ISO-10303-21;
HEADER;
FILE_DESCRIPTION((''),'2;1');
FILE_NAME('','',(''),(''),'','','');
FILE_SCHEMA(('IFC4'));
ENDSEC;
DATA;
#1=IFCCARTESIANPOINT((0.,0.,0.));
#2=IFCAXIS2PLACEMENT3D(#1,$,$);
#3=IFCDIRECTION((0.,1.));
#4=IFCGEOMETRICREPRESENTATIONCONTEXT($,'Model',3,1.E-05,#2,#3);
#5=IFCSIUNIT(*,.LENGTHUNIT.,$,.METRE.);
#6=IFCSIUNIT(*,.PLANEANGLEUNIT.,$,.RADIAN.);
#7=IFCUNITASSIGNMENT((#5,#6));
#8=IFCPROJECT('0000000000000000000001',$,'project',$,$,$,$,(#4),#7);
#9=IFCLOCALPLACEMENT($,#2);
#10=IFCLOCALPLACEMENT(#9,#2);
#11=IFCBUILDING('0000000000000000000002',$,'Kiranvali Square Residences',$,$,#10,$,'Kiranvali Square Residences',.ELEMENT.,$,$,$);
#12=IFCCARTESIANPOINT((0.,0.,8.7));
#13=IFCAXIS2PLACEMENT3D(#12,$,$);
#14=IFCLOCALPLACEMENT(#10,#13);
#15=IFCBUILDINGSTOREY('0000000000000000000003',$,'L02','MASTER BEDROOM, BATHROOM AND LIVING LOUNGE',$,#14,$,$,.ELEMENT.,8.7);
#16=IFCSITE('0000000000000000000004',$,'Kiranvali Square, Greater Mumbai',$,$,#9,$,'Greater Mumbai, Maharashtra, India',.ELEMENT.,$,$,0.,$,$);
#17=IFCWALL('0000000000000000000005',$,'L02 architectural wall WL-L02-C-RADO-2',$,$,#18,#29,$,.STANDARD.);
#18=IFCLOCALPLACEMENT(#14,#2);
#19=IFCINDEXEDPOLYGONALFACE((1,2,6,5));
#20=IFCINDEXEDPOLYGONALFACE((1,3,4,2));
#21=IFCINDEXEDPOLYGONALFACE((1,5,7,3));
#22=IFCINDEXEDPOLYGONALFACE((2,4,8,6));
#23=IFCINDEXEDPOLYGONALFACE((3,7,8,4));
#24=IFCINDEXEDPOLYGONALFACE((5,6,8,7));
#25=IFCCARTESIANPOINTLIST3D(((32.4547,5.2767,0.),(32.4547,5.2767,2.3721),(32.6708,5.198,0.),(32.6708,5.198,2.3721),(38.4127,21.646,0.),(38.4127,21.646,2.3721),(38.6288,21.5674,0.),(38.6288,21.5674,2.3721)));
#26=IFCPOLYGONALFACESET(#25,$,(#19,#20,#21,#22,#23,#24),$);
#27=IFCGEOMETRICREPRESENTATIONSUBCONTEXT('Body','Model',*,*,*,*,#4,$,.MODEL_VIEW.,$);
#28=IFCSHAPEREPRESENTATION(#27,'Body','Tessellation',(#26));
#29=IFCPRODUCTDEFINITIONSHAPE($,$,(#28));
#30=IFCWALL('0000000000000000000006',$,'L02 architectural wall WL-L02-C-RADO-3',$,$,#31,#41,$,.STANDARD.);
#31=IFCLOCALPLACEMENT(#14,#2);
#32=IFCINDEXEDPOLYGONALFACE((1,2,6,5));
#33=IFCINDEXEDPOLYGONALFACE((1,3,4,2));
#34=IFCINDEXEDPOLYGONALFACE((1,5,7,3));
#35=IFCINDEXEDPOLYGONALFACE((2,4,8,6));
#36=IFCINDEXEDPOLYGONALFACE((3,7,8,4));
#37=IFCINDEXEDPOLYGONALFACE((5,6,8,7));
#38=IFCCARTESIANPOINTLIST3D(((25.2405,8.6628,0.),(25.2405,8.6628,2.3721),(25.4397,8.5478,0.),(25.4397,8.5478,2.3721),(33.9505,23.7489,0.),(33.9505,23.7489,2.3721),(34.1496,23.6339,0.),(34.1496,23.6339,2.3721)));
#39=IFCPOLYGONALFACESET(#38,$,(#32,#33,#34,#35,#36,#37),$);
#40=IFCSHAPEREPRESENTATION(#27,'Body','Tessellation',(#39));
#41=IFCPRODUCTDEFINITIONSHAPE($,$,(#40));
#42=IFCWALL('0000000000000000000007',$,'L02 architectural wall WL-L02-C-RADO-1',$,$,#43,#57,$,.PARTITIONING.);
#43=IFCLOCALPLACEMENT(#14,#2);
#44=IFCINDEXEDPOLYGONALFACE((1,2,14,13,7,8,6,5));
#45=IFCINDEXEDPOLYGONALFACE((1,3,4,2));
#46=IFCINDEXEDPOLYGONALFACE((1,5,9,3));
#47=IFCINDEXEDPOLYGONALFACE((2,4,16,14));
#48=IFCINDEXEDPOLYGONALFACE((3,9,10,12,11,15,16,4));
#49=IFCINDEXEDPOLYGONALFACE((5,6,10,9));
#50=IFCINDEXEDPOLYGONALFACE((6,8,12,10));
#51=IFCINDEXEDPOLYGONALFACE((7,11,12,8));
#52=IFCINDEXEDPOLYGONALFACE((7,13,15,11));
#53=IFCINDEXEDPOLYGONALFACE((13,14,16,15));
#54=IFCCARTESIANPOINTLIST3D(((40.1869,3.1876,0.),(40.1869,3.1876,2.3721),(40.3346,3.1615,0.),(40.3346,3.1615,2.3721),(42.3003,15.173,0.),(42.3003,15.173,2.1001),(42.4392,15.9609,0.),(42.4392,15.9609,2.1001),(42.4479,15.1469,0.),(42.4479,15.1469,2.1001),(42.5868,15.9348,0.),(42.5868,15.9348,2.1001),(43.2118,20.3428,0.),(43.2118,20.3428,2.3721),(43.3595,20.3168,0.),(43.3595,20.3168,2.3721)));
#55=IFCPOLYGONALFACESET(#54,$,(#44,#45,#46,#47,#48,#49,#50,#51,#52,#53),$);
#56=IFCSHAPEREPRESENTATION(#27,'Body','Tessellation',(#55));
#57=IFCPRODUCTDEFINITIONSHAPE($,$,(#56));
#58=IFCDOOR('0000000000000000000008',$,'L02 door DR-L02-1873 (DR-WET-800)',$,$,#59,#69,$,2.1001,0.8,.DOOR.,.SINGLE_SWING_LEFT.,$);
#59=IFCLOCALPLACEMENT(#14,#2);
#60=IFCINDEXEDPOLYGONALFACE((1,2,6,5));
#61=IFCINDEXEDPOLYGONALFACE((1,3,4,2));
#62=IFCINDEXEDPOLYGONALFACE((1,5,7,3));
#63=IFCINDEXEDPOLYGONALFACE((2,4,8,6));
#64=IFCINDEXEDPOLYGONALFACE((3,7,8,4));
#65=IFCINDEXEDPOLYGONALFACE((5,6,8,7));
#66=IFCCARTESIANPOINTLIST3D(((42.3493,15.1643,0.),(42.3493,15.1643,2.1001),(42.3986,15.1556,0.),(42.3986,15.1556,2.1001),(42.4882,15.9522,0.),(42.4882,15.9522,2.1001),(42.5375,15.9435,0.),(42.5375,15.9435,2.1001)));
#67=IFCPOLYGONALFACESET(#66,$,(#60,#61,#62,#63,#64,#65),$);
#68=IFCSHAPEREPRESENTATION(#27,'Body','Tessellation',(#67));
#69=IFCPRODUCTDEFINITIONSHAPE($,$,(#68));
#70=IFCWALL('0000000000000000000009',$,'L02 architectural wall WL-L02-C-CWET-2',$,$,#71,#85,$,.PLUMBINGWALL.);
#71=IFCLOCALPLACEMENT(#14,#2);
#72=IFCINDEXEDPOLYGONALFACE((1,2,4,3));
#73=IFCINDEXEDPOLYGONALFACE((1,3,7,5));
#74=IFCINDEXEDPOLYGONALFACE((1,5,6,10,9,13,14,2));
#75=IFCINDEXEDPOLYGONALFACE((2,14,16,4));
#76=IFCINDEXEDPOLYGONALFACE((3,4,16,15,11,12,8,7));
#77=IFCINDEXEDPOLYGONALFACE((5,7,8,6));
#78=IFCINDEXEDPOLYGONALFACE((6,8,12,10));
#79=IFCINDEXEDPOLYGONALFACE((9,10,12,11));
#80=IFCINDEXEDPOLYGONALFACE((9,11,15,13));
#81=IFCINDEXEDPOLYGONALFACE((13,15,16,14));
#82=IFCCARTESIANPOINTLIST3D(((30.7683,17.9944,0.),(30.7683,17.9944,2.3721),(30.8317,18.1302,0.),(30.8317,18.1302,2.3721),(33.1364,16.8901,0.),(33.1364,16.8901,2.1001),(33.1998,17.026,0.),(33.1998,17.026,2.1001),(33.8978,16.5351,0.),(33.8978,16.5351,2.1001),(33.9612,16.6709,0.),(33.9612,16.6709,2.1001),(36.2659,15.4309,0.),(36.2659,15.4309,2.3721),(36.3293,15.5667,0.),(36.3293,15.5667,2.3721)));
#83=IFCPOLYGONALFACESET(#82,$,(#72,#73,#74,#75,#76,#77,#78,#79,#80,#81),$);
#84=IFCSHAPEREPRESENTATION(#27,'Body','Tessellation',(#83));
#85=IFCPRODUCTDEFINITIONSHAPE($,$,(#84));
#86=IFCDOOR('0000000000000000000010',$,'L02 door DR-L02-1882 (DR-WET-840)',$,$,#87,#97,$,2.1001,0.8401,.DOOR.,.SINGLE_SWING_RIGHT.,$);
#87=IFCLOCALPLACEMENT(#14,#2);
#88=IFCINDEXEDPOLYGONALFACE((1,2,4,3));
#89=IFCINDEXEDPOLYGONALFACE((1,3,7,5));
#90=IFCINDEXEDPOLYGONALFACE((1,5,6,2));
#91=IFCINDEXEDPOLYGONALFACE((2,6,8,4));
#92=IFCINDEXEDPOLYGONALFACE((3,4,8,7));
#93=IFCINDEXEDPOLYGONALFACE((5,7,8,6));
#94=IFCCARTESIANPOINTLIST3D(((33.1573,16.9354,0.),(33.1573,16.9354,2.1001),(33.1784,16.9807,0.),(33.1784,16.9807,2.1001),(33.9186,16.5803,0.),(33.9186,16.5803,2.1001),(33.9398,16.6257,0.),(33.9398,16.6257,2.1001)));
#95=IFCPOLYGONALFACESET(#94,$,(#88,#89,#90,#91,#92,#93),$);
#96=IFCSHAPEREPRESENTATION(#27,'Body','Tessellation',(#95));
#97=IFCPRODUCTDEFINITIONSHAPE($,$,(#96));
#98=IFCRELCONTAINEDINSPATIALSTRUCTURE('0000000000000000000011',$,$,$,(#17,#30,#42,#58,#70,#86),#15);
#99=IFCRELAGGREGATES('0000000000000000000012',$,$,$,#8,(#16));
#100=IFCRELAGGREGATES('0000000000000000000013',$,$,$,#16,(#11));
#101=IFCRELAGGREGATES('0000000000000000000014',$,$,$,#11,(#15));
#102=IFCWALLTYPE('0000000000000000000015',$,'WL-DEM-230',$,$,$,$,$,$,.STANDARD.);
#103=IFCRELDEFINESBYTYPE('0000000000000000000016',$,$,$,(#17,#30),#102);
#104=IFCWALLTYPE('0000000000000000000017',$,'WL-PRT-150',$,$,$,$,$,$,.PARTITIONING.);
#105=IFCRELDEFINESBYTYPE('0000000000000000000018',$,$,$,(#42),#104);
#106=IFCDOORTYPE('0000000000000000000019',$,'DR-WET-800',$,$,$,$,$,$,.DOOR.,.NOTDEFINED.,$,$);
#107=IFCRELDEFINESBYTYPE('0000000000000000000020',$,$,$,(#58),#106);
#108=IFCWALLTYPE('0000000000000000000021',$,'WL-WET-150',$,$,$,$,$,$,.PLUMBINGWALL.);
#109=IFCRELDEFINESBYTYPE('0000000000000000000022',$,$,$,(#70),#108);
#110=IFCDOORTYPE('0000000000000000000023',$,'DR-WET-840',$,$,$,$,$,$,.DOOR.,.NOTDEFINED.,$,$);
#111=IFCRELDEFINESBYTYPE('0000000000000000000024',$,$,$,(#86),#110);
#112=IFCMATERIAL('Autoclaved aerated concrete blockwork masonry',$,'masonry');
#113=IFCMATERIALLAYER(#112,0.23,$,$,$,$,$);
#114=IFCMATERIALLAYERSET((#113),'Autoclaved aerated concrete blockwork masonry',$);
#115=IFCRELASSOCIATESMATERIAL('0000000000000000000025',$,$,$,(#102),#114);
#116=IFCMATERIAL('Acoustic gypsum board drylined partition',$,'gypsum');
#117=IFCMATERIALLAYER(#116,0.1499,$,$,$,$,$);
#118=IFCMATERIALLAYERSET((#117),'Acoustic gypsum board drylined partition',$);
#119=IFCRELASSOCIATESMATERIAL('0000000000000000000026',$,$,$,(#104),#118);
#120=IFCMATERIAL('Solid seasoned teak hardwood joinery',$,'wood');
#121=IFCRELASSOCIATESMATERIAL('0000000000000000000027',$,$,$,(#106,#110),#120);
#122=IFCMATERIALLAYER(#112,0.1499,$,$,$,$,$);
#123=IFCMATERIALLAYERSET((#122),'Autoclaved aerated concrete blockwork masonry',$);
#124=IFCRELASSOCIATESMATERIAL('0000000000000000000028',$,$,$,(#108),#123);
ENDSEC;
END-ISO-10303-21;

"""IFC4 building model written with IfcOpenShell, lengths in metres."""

from ifc_helpers import new_model, si_unit, direction, frame, frame_2d, origin, place, context, subcontext, project, spatial, rectangle, extrude, material, layer, layer_set, type_object, element, fill, save


model = new_model("IFC4")

# Units and contexts
model_context = context("Model", 3, precision=1e-05, world=origin(), true_north=direction((0.0, 1.0)))
body_context = subcontext(model_context, "Body", "Model", "MODEL_VIEW")
ifc_project = project(units=[si_unit("LENGTHUNIT", "METRE"), si_unit("PLANEANGLEUNIT", "RADIAN")], contexts=[model_context])

# Site, building, storey
site_placement = place(None, origin())
site = spatial("IfcSite", under=ifc_project, at=site_placement, Name="Kiranvali Square, Greater Mumbai", LongName="Greater Mumbai, Maharashtra, India", CompositionType="ELEMENT", RefElevation=0.0)
building_placement = place(site_placement, origin())
building = spatial("IfcBuilding", under=site, at=building_placement, Name="Kiranvali Square Residences", LongName="Kiranvali Square Residences", CompositionType="ELEMENT")
storey_placement = place(building_placement, frame((0.0, 0.0, 8.7)))
storey = spatial("IfcBuildingStorey", under=building, at=storey_placement, Name="L02", Description="MASTER BEDROOM, BATHROOM AND LIVING LOUNGE", CompositionType="ELEMENT", Elevation=8.7)

# Shared definitions
ifc_material_1 = material(Name="Autoclaved aerated concrete blockwork masonry", Category="masonry")

# Walls
ifc_layer_1 = layer(ifc_material_1, 0.23)
ifc_layer_set_1 = layer_set([ifc_layer_1], Name="Autoclaved aerated concrete blockwork masonry")
wall_type_1 = type_object("IfcWallType", Name="WL-DEM-230", PredefinedType="STANDARD", material=ifc_layer_set_1)
for number, where, z_axis, x_axis, name in (
    (1, (38.5208, 21.6067, 0.0), (0.0, 0.0, 1.0), (-0.342022, -0.939692, 0.0), "L02 architectural wall WL-L02-C-RADO-2"),
    (2, (34.05, 23.6914, 0.0), (0.0, 0.0, 1.0), (-0.499998, -0.866027, 0.0), "L02 architectural wall WL-L02-C-RADO-3"),
):
    element("IfcWall", number, at=place(storey_placement, frame(where, z_axis=z_axis, x_axis=x_axis)), inside=storey, type_object=wall_type_1, Name=name, PredefinedType="STANDARD", context=body_context, shape_type="SweptSolid", body=[
        extrude(rectangle(XDim=17.4199, YDim=0.23, at=frame_2d((8.71, 0.0))), origin(), (0.0, 0.0, 1.0), 2.3721),
    ])

# Walls, openings, doors
ifc_material_2 = material(Name="Acoustic gypsum board drylined partition", Category="gypsum")
ifc_layer_2 = layer(ifc_material_2, 0.1499)
ifc_layer_set_2 = layer_set([ifc_layer_2], Name="Acoustic gypsum board drylined partition")
wall_type_2 = type_object("IfcWallType", Name="WL-PRT-150", PredefinedType="PARTITIONING", material=ifc_layer_set_2)
wall_1_placement = place(storey_placement, frame((43.2856, 20.3298, 0.0), z_axis=(0.0, 0.0, 1.0), x_axis=(-0.173646, -0.984808, 0.0)))
wall_1 = element("IfcWall", 3, at=wall_1_placement, inside=storey, type_object=wall_type_2, Name="L02 architectural wall WL-L02-C-RADO-1", PredefinedType="PARTITIONING", context=body_context, shape_type="SweptSolid", body=[
    extrude(rectangle(XDim=17.4199, YDim=0.1499, at=frame_2d((8.71, 0.0))), origin(), (0.0, 0.0, 1.0), 2.3721),
])
opening_1_placement = place(wall_1_placement, frame((4.4497, 0.0, 0.0)))
opening_1 = element("IfcOpeningElement", 4, at=opening_1_placement, cuts=wall_1, PredefinedType="OPENING", context=body_context, shape_type="SweptSolid", body=[
    extrude(rectangle(XDim=0.8, YDim=2.1001, at=frame_2d((0.3999, 1.05))), frame((0.0, 0.085, 0.0), z_axis=(0.0, -1.0, 0.0), x_axis=(1.0, 0.0, 0.0)), (0.0, 0.0, 1.0), 0.1699),
])
ifc_material_3 = material(Name="Solid seasoned teak hardwood joinery", Category="wood")
door_type_1 = type_object("IfcDoorType", Name="DR-WET-800", OperationType="NOTDEFINED", PredefinedType="DOOR", material=ifc_material_3)
door_1_placement = place(opening_1_placement, origin())
door_1 = element("IfcDoor", 5, at=door_1_placement, inside=storey, type_object=door_type_1, Name="L02 door DR-L02-1873 (DR-WET-800)", OperationType="SINGLE_SWING_LEFT", OverallHeight=2.1001, OverallWidth=0.8, PredefinedType="DOOR", context=body_context, shape_type="SweptSolid", body=[
    extrude(rectangle(XDim=0.8, YDim=2.1001, at=frame_2d((0.3999, 1.05))), frame((0.0, 0.0249, 0.0), z_axis=(0.0, -1.0, 0.0), x_axis=(1.0, 0.0, 0.0)), (0.0, 0.0, 1.0), 0.05),
])
fill(opening_1, door_1)
ifc_layer_3 = layer(ifc_material_1, 0.1499)
ifc_layer_set_3 = layer_set([ifc_layer_3], Name="Autoclaved aerated concrete blockwork masonry")
wall_type_3 = type_object("IfcWallType", Name="WL-WET-150", PredefinedType="PLUMBINGWALL", material=ifc_layer_set_3)
wall_2_placement = place(storey_placement, frame((36.2976, 15.4988, 0.0), z_axis=(0.0, 0.0, 1.0), x_axis=(-0.906313, 0.422608, 0.0)))
wall_2 = element("IfcWall", 6, at=wall_2_placement, inside=storey, type_object=wall_type_3, Name="L02 architectural wall WL-L02-C-CWET-2", PredefinedType="PLUMBINGWALL", context=body_context, shape_type="SweptSolid", body=[
    extrude(rectangle(XDim=6.0659, YDim=0.1499, at=frame_2d((3.033, 0.0))), origin(), (0.0, 0.0, 1.0), 2.3721),
])
opening_2_placement = place(wall_2_placement, frame((2.613, 0.0, 0.0)))
opening_2 = element("IfcOpeningElement", 7, at=opening_2_placement, cuts=wall_2, PredefinedType="OPENING", context=body_context, shape_type="SweptSolid", body=[
    extrude(rectangle(XDim=0.8401, YDim=2.1001, at=frame_2d((0.4199, 1.05))), frame((0.0, 0.085, 0.0), z_axis=(0.0, -1.0, 0.0), x_axis=(1.0, 0.0, 0.0)), (0.0, 0.0, 1.0), 0.1699),
])
door_type_2 = type_object("IfcDoorType", Name="DR-WET-840", OperationType="NOTDEFINED", PredefinedType="DOOR", material=ifc_material_3)
door_2_placement = place(opening_2_placement, frame((0.8401, 0.0, 0.0), z_axis=(0.0, 0.0, 1.0), x_axis=(-1.0, 0.0, 0.0)))
door_2 = element("IfcDoor", 8, at=door_2_placement, inside=storey, type_object=door_type_2, Name="L02 door DR-L02-1882 (DR-WET-840)", OperationType="SINGLE_SWING_RIGHT", OverallHeight=2.1001, OverallWidth=0.8401, PredefinedType="DOOR", context=body_context, shape_type="SweptSolid", body=[
    extrude(rectangle(XDim=0.8401, YDim=2.1001, at=frame_2d((0.4199, 1.05))), frame((0.0, 0.0249, 0.0), z_axis=(0.0, -1.0, 0.0), x_axis=(1.0, 0.0, 0.0)), (0.0, 0.0, 1.0), 0.05),
])
fill(opening_2, door_2)

save(model, "model.ifc")
